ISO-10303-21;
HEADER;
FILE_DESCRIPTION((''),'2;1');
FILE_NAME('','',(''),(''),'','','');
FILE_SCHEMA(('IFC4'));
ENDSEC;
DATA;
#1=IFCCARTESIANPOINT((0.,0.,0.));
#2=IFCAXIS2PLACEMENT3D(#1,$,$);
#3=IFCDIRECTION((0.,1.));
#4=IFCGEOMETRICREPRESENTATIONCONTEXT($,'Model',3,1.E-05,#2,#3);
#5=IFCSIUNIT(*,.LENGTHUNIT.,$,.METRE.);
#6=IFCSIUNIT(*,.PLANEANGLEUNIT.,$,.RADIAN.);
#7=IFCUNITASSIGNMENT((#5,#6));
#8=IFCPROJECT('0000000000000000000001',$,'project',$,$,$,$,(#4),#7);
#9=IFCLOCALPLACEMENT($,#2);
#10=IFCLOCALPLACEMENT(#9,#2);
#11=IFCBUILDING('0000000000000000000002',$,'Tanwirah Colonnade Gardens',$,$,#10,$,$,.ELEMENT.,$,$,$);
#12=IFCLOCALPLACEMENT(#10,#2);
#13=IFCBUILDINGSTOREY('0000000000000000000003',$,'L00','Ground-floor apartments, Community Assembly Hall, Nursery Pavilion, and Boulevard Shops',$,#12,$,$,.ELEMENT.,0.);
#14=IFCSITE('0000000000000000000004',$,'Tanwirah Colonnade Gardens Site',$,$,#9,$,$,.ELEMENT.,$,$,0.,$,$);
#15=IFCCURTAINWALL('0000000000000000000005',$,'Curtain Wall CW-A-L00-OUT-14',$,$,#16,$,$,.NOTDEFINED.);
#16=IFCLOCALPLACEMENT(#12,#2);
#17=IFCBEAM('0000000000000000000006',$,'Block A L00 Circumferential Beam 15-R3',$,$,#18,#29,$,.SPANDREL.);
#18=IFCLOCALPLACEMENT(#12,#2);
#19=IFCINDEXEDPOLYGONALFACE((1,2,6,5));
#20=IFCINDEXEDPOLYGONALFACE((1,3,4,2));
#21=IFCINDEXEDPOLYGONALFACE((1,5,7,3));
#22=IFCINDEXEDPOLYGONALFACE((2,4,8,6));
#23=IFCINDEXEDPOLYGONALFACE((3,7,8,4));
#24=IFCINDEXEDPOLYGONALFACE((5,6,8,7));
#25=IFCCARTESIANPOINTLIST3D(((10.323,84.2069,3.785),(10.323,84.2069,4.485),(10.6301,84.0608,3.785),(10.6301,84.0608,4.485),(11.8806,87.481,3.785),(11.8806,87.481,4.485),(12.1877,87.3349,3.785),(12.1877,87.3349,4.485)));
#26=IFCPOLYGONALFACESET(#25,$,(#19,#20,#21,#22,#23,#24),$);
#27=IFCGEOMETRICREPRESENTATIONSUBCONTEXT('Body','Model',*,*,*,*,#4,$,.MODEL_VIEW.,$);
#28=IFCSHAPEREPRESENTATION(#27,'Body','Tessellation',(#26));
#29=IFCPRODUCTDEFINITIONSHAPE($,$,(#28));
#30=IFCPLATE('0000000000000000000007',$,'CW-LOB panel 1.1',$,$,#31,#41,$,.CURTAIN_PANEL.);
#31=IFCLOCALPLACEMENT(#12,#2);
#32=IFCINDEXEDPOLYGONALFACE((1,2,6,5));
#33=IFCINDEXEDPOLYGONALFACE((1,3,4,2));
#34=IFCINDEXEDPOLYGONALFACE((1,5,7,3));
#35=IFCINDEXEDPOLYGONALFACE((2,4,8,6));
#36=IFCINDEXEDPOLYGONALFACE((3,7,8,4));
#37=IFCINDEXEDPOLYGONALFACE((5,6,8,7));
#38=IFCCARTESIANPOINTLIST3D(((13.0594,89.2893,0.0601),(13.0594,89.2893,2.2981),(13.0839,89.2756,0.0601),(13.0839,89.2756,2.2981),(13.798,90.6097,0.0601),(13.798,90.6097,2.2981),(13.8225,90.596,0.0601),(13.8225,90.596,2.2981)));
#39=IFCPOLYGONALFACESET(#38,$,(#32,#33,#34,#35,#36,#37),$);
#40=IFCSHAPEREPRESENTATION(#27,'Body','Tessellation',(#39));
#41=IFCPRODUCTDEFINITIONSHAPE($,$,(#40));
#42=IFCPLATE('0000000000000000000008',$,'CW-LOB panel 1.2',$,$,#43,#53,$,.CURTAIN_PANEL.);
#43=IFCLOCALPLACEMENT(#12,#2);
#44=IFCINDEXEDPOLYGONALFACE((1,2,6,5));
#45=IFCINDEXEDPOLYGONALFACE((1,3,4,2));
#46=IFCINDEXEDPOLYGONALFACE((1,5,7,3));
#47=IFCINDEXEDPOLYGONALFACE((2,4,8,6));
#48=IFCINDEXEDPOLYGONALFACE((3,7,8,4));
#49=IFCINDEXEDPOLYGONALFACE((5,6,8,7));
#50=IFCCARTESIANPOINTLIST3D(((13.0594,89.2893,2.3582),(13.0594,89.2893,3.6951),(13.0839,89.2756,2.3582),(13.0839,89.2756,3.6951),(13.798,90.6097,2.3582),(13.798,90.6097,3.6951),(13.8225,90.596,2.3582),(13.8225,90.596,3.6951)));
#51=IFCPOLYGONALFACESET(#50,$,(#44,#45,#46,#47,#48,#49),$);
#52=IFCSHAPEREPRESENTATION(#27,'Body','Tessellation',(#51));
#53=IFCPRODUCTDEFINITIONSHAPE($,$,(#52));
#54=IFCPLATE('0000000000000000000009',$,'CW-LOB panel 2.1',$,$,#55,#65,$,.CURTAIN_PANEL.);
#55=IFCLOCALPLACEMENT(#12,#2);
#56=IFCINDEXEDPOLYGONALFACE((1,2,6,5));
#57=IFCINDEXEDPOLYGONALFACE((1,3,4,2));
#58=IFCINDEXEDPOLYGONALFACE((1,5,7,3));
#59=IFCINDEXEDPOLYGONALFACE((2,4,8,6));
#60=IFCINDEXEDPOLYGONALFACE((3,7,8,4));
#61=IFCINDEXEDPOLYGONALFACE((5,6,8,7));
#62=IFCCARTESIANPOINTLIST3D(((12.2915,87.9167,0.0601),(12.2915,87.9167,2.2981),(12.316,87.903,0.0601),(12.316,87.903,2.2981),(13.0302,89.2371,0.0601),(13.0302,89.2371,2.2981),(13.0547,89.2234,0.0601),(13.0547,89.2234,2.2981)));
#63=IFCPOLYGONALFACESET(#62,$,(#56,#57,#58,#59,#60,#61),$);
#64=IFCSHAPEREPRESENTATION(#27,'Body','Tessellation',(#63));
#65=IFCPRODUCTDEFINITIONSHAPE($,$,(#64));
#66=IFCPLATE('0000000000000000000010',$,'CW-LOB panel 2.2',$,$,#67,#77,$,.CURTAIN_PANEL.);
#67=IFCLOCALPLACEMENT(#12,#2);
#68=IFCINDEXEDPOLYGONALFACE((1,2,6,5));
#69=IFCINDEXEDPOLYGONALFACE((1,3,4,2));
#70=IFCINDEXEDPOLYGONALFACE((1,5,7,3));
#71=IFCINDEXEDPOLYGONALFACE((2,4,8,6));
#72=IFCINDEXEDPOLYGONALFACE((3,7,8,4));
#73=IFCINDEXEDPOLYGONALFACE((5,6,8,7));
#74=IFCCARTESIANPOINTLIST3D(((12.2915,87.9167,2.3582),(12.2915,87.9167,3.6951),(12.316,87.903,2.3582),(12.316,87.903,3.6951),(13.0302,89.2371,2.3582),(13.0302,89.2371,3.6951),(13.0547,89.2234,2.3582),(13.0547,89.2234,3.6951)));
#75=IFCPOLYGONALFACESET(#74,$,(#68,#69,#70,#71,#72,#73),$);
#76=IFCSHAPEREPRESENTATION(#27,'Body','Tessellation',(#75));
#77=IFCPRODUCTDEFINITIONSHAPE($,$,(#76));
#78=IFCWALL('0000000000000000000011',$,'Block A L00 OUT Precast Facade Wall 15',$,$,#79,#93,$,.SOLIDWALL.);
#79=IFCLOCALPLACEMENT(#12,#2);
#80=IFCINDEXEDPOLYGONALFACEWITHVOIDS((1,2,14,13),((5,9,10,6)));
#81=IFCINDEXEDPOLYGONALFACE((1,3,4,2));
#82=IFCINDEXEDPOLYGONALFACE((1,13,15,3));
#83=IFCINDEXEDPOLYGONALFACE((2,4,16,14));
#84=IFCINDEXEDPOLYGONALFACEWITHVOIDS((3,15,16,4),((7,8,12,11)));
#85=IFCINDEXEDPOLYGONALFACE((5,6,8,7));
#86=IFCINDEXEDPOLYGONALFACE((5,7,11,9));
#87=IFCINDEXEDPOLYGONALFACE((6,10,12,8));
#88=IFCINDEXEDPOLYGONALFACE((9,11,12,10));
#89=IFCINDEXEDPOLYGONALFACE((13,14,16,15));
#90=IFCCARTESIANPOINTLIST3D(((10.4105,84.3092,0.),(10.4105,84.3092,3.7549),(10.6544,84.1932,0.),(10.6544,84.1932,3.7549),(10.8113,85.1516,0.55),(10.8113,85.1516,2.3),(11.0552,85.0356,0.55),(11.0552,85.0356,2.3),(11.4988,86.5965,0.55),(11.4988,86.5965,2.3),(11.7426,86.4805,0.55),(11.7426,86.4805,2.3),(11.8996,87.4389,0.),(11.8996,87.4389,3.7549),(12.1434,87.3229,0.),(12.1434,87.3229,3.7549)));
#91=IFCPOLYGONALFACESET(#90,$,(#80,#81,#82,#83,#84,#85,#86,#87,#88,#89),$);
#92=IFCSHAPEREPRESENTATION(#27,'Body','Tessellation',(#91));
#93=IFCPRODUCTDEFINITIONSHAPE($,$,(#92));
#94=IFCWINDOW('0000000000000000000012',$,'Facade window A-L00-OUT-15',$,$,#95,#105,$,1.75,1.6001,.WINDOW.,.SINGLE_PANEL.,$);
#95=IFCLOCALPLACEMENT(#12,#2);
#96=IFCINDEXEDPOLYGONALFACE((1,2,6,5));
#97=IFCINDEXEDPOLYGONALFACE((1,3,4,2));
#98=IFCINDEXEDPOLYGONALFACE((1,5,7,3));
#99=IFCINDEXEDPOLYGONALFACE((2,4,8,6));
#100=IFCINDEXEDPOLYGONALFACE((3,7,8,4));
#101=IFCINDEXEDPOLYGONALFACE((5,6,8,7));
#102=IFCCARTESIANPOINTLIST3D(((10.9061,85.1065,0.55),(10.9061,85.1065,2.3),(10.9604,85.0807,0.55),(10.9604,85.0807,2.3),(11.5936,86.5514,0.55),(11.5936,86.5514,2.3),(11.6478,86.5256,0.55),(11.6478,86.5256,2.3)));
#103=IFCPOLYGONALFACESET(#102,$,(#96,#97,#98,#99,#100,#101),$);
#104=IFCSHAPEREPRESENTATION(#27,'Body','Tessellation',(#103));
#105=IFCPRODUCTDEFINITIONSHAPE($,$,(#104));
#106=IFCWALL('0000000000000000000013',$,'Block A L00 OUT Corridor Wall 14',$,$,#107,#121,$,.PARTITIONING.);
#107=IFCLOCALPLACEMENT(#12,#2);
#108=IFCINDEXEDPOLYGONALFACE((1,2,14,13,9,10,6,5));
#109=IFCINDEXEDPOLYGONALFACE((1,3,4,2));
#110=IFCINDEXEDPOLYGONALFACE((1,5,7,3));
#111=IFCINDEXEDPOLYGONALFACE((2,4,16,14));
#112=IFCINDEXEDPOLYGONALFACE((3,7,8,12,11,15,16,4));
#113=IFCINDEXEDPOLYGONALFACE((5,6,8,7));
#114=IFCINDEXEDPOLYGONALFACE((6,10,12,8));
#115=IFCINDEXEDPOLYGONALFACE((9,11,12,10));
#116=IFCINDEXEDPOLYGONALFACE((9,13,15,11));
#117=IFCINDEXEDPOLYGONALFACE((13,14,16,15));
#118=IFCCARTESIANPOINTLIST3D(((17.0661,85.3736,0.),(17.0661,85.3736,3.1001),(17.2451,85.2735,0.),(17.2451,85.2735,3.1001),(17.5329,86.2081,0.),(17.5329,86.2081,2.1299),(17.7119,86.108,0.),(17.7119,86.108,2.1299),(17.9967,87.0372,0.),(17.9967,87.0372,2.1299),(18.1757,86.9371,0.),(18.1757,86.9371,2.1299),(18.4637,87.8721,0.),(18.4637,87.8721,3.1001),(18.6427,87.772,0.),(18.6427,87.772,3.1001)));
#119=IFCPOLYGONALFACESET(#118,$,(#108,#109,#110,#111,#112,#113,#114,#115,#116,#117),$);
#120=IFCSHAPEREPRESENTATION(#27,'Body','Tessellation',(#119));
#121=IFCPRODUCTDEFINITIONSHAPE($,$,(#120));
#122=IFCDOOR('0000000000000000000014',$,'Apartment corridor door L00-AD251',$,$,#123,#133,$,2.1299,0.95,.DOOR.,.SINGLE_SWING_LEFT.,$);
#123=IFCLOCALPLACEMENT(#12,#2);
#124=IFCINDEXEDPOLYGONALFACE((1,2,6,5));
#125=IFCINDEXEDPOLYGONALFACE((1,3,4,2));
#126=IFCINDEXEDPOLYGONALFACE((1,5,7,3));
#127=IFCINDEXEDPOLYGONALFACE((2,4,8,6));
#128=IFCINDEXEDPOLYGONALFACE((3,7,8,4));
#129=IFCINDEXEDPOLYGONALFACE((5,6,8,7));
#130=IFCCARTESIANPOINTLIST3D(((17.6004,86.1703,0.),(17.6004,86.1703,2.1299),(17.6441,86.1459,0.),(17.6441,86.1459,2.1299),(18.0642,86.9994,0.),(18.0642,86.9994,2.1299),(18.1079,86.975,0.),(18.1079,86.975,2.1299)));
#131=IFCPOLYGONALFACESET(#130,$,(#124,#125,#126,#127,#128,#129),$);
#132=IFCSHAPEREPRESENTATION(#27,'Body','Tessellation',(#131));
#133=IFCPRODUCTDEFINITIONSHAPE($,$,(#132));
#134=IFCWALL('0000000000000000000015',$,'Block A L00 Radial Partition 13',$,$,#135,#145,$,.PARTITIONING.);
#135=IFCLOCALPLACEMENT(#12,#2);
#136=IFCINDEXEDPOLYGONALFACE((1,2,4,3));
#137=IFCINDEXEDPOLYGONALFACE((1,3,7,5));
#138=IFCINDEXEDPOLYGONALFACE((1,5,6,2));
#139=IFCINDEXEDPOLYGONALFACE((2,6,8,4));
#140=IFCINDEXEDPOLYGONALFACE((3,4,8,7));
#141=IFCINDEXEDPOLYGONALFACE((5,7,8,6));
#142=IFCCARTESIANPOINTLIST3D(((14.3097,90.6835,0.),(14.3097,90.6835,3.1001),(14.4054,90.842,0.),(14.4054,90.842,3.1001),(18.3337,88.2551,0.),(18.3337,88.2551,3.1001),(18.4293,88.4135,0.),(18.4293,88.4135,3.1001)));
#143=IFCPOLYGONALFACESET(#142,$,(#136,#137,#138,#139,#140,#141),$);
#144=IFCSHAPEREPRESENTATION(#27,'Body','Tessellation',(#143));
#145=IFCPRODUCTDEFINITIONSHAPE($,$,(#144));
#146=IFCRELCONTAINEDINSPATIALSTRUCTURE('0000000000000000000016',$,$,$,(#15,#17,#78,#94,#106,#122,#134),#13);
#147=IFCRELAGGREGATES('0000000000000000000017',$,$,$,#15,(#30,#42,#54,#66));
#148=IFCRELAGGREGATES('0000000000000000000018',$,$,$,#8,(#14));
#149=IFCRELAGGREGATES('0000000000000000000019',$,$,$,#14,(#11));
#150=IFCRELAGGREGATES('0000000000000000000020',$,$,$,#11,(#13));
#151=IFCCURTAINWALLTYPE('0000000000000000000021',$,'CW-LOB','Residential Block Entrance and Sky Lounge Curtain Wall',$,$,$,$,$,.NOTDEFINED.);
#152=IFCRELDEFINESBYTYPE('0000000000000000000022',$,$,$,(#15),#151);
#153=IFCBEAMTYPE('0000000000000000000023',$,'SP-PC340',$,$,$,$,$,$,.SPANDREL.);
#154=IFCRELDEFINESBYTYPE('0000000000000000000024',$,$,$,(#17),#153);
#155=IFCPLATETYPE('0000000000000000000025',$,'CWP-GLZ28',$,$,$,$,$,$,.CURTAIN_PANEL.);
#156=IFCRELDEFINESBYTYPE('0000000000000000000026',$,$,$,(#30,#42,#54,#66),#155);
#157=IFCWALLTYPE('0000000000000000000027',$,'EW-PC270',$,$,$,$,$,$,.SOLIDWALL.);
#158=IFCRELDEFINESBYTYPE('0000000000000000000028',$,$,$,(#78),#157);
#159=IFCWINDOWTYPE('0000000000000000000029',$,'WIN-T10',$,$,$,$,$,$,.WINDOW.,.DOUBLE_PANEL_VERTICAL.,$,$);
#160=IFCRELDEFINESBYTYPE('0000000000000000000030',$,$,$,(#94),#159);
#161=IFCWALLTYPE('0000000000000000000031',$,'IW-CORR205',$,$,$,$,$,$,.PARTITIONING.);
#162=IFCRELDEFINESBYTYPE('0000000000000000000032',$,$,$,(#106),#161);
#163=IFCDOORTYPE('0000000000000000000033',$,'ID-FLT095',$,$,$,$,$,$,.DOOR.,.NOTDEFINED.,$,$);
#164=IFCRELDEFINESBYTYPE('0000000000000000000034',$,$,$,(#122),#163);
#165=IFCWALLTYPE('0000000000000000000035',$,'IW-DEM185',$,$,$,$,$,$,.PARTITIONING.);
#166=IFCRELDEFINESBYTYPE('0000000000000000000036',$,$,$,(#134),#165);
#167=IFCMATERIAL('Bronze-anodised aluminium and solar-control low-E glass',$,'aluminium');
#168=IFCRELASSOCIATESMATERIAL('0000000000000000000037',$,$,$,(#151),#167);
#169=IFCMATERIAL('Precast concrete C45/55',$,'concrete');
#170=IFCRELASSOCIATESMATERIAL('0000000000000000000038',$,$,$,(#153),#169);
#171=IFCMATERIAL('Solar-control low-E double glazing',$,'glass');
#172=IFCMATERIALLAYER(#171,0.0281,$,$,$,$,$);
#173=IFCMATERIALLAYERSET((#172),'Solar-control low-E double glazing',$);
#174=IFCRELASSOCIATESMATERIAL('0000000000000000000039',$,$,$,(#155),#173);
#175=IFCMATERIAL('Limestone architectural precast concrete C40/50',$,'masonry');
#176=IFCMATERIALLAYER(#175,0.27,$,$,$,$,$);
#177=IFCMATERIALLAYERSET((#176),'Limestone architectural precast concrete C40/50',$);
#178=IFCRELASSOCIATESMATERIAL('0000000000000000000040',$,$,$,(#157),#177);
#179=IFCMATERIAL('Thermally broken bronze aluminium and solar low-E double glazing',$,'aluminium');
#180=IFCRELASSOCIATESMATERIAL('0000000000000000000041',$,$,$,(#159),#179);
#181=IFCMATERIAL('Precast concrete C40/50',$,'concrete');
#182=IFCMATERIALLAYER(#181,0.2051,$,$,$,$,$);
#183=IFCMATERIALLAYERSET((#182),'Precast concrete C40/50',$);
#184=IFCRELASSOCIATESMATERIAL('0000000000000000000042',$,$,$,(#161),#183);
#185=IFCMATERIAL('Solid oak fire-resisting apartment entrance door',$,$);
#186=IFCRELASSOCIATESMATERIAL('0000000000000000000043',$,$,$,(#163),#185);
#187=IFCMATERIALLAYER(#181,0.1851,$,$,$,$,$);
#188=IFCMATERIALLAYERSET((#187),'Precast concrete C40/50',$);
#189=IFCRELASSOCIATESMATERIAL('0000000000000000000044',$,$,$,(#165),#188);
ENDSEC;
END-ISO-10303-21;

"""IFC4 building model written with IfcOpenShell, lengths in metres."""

from ifc_helpers import new_model, si_unit, direction, frame, frame_2d, origin, origin_2d, place, context, subcontext, project, spatial, rectangle, extrude, material, layer, layer_set, material_profile, profile_set, type_object, element, fill, aggregate, save


model = new_model("IFC4")

# Units and contexts
model_context = context("Model", 3, precision=1e-05, world=origin(), true_north=direction((0.0, 1.0)))
body_context = subcontext(model_context, "Body", "Model", "MODEL_VIEW")
ifc_project = project(units=[si_unit("LENGTHUNIT", "METRE"), si_unit("PLANEANGLEUNIT", "RADIAN")], contexts=[model_context])

# Site, building, storey
site_placement = place(None, origin())
site = spatial("IfcSite", under=ifc_project, at=site_placement, Name="Tanwirah Colonnade Gardens Site", CompositionType="ELEMENT", RefElevation=0.0)
building_placement = place(site_placement, origin())
building = spatial("IfcBuilding", under=site, at=building_placement, Name="Tanwirah Colonnade Gardens", CompositionType="ELEMENT")
storey_placement = place(building_placement, origin())
storey = spatial("IfcBuildingStorey", under=building, at=storey_placement, Name="L00", Description="Ground-floor apartments, Community Assembly Hall, Nursery Pavilion, and Boulevard Shops", CompositionType="ELEMENT", Elevation=0.0)

# Shared definitions
ifc_material_1 = material(Name="Precast concrete C45/55", Category="concrete")

# Shared definitions
ifc_material_2 = material(Name="Precast concrete C40/50", Category="concrete")

# Curtain wall
ifc_material_3 = material(Name="Bronze-anodised aluminium and solar-control low-E glass", Category="aluminium")
curtain_wall_type = type_object("IfcCurtainWallType", Name="CW-LOB", Description="Residential Block Entrance and Sky Lounge Curtain Wall", PredefinedType="NOTDEFINED", material=ifc_material_3)
curtain_wall_placement = place(storey_placement, origin())
curtain_wall = element("IfcCurtainWall", 1, at=curtain_wall_placement, inside=storey, type_object=curtain_wall_type, Name="Curtain Wall CW-A-L00-OUT-14", PredefinedType="NOTDEFINED")

# Beam
ifc_material_profile_1 = material_profile(ifc_material_1, rectangle(XDim=0.3401, YDim=0.7, at=origin_2d()), Name="PC-SP 340x700")
ifc_profile_set_1 = profile_set([ifc_material_profile_1], Name="Precast concrete C45/55")
beam_type_1 = type_object("IfcBeamType", Name="SP-PC340", PredefinedType="SPANDREL", material=ifc_profile_set_1)
beam_1_placement = place(storey_placement, frame((12.0342, 87.408, 4.135), z_axis=(-0.429594, -0.903022, 0.0), x_axis=(0.903022, -0.429594, 0.0)))
element("IfcBeam", 2, at=beam_1_placement, inside=storey, type_object=beam_type_1, Name="Block A L00 Circumferential Beam 15-R3", PredefinedType="SPANDREL", context=body_context, shape_type="SweptSolid", body=[
    extrude(rectangle(XDim=0.3401, YDim=0.7, at=origin_2d()), origin(), (0.0, 0.0, 1.0), 3.6257),
])

# Plates
ifc_material_4 = material(Name="Solar-control low-E double glazing", Category="glass")
ifc_layer_1 = layer(ifc_material_4, 0.0281)
ifc_layer_set_1 = layer_set([ifc_layer_1], Name="Solar-control low-E double glazing")
plate_type = type_object("IfcPlateType", Name="CWP-GLZ28", PredefinedType="CURTAIN_PANEL", material=ifc_layer_set_1)
plate_1_placement = place(storey_placement, frame((13.4409, 89.9426, 0.0601), z_axis=(0.0, 0.0, 1.0), x_axis=(-0.488199, -0.872732, 0.0)))
plate_1 = element("IfcPlate", 3, at=plate_1_placement, type_object=plate_type, Name="CW-LOB panel 1.1", PredefinedType="CURTAIN_PANEL", context=body_context, shape_type="SweptSolid", body=[
    extrude(rectangle(XDim=1.5129, YDim=0.0281, at=origin_2d()), origin(), (0.0, 0.0, 1.0), 2.238),
])
plate_2_placement = place(storey_placement, frame((13.4409, 89.9426, 2.3582), z_axis=(0.0, 0.0, 1.0), x_axis=(-0.488199, -0.872732, 0.0)))
plate_2 = element("IfcPlate", 4, at=plate_2_placement, type_object=plate_type, Name="CW-LOB panel 1.2", PredefinedType="CURTAIN_PANEL", context=body_context, shape_type="SweptSolid", body=[
    extrude(rectangle(XDim=1.5129, YDim=0.0281, at=origin_2d()), origin(), (0.0, 0.0, 1.0), 1.3369),
])
plate_3_placement = place(storey_placement, frame((12.6731, 88.5701, 0.0601), z_axis=(0.0, 0.0, 1.0), x_axis=(-0.488199, -0.872732, 0.0)))
plate_3 = element("IfcPlate", 5, at=plate_3_placement, type_object=plate_type, Name="CW-LOB panel 2.1", PredefinedType="CURTAIN_PANEL", context=body_context, shape_type="SweptSolid", body=[
    extrude(rectangle(XDim=1.5129, YDim=0.0281, at=origin_2d()), origin(), (0.0, 0.0, 1.0), 2.238),
])
plate_4_placement = place(storey_placement, frame((12.6731, 88.5701, 2.3582), z_axis=(0.0, 0.0, 1.0), x_axis=(-0.488199, -0.872732, 0.0)))
plate_4 = element("IfcPlate", 6, at=plate_4_placement, type_object=plate_type, Name="CW-LOB panel 2.2", PredefinedType="CURTAIN_PANEL", context=body_context, shape_type="SweptSolid", body=[
    extrude(rectangle(XDim=1.5129, YDim=0.0281, at=origin_2d()), origin(), (0.0, 0.0, 1.0), 1.3369),
])
aggregate(curtain_wall, [plate_1, plate_2, plate_3, plate_4])

# Wall, opening, window
ifc_material_5 = material(Name="Limestone architectural precast concrete C40/50", Category="masonry")
ifc_layer_2 = layer(ifc_material_5, 0.27)
ifc_layer_set_2 = layer_set([ifc_layer_2], Name="Limestone architectural precast concrete C40/50")
wall_type_1 = type_object("IfcWallType", Name="EW-PC270", PredefinedType="SOLIDWALL", material=ifc_layer_set_2)
wall_1_placement = place(storey_placement, frame((12.0215, 87.3809, 0.0), z_axis=(0.0, 0.0, 1.0), x_axis=(-0.42963, -0.903005, 0.0)))
wall_1 = element("IfcWall", 7, at=wall_1_placement, inside=storey, type_object=wall_type_1, Name="Block A L00 OUT Precast Facade Wall 15", PredefinedType="SOLIDWALL", context=body_context, shape_type="SweptSolid", body=[
    extrude(rectangle(XDim=3.4658, YDim=0.27, at=frame_2d((1.7329, 0.0))), origin(), (0.0, 0.0, 1.0), 3.7549),
])
opening_1_placement = place(wall_1_placement, frame((0.9329, 0.0, 0.55)))
opening_1 = element("IfcOpeningElement", 8, at=opening_1_placement, cuts=wall_1, PredefinedType="OPENING", context=body_context, shape_type="SweptSolid", body=[
    extrude(rectangle(XDim=1.6001, YDim=1.75, at=frame_2d((0.8, 0.875))), frame((0.0, 0.145, 0.0), z_axis=(0.0, -1.0, 0.0), x_axis=(1.0, 0.0, 0.0)), (0.0, 0.0, 1.0), 0.29),
])
ifc_material_6 = material(Name="Thermally broken bronze aluminium and solar low-E double glazing", Category="aluminium")
window_type = type_object("IfcWindowType", Name="WIN-T10", PartitioningType="DOUBLE_PANEL_VERTICAL", PredefinedType="WINDOW", material=ifc_material_6)
window_placement = place(opening_1_placement, origin())
window = element("IfcWindow", 9, at=window_placement, inside=storey, type_object=window_type, Name="Facade window A-L00-OUT-15", OverallHeight=1.75, OverallWidth=1.6001, PartitioningType="SINGLE_PANEL", PredefinedType="WINDOW", context=body_context, shape_type="SweptSolid", body=[
    extrude(rectangle(XDim=1.6001, YDim=1.75, at=frame_2d((0.8, 0.875))), frame((0.0, 0.03, 0.0), z_axis=(0.0, -1.0, 0.0), x_axis=(1.0, 0.0, 0.0)), (0.0, 0.0, 1.0), 0.0601),
])
fill(opening_1, window)

# Wall, opening, door
ifc_layer_3 = layer(ifc_material_2, 0.2051)
ifc_layer_set_3 = layer_set([ifc_layer_3], Name="Precast concrete C40/50")
wall_type_2 = type_object("IfcWallType", Name="IW-CORR205", PredefinedType="PARTITIONING", material=ifc_layer_set_3)
wall_2_placement = place(storey_placement, frame((18.5532, 87.822, 0.0), z_axis=(0.0, 0.0, 1.0), x_axis=(-0.488211, -0.872726, 0.0)))
wall_2 = element("IfcWall", 10, at=wall_2_placement, inside=storey, type_object=wall_type_2, Name="Block A L00 OUT Corridor Wall 14", PredefinedType="PARTITIONING", context=body_context, shape_type="SweptSolid", body=[
    extrude(rectangle(XDim=2.8628, YDim=0.2051, at=frame_2d((1.4314, 0.0))), origin(), (0.0, 0.0, 1.0), 3.1001),
])
opening_2_placement = place(wall_2_placement, frame((0.9565, 0.0, 0.0)))
opening_2 = element("IfcOpeningElement", 11, at=opening_2_placement, cuts=wall_2, PredefinedType="OPENING", context=body_context, shape_type="SweptSolid", body=[
    extrude(rectangle(XDim=0.95, YDim=2.1299, at=frame_2d((0.4751, 1.0649))), frame((0.0, 0.1125, 0.0), z_axis=(0.0, -1.0, 0.0), x_axis=(1.0, 0.0, 0.0)), (0.0, 0.0, 1.0), 0.2251),
])
ifc_material_7 = material(Name="Solid oak fire-resisting apartment entrance door")
door_type = type_object("IfcDoorType", Name="ID-FLT095", OperationType="NOTDEFINED", PredefinedType="DOOR", material=ifc_material_7)
door_placement = place(opening_2_placement, origin())
door = element("IfcDoor", 12, at=door_placement, inside=storey, type_object=door_type, Name="Apartment corridor door L00-AD251", OperationType="SINGLE_SWING_LEFT", OverallHeight=2.1299, OverallWidth=0.95, PredefinedType="DOOR", context=body_context, shape_type="SweptSolid", body=[
    extrude(rectangle(XDim=0.95, YDim=2.1299, at=frame_2d((0.4751, 1.0649))), frame((0.0, 0.0249, 0.0), z_axis=(0.0, -1.0, 0.0), x_axis=(1.0, 0.0, 0.0)), (0.0, 0.0, 1.0), 0.05),
])
fill(opening_2, door)

# Wall
ifc_layer_4 = layer(ifc_material_2, 0.1851)
ifc_layer_set_4 = layer_set([ifc_layer_4], Name="Precast concrete C40/50")
wall_type_3 = type_object("IfcWallType", Name="IW-DEM185", PredefinedType="PARTITIONING", material=ifc_layer_set_4)
wall_3_placement = place(storey_placement, frame((18.3816, 88.3342, 0.0), z_axis=(0.0, 0.0, 1.0), x_axis=(-0.856165, 0.516702, 0.0)))
element("IfcWall", 13, at=wall_3_placement, inside=storey, type_object=wall_type_3, Name="Block A L00 Radial Partition 13", PredefinedType="PARTITIONING", context=body_context, shape_type="SweptSolid", body=[
    extrude(rectangle(XDim=4.7, YDim=0.1851, at=frame_2d((2.3501, 0.0))), origin(), (0.0, 0.0, 1.0), 3.1001),
])

save(model, "model.ifc")
